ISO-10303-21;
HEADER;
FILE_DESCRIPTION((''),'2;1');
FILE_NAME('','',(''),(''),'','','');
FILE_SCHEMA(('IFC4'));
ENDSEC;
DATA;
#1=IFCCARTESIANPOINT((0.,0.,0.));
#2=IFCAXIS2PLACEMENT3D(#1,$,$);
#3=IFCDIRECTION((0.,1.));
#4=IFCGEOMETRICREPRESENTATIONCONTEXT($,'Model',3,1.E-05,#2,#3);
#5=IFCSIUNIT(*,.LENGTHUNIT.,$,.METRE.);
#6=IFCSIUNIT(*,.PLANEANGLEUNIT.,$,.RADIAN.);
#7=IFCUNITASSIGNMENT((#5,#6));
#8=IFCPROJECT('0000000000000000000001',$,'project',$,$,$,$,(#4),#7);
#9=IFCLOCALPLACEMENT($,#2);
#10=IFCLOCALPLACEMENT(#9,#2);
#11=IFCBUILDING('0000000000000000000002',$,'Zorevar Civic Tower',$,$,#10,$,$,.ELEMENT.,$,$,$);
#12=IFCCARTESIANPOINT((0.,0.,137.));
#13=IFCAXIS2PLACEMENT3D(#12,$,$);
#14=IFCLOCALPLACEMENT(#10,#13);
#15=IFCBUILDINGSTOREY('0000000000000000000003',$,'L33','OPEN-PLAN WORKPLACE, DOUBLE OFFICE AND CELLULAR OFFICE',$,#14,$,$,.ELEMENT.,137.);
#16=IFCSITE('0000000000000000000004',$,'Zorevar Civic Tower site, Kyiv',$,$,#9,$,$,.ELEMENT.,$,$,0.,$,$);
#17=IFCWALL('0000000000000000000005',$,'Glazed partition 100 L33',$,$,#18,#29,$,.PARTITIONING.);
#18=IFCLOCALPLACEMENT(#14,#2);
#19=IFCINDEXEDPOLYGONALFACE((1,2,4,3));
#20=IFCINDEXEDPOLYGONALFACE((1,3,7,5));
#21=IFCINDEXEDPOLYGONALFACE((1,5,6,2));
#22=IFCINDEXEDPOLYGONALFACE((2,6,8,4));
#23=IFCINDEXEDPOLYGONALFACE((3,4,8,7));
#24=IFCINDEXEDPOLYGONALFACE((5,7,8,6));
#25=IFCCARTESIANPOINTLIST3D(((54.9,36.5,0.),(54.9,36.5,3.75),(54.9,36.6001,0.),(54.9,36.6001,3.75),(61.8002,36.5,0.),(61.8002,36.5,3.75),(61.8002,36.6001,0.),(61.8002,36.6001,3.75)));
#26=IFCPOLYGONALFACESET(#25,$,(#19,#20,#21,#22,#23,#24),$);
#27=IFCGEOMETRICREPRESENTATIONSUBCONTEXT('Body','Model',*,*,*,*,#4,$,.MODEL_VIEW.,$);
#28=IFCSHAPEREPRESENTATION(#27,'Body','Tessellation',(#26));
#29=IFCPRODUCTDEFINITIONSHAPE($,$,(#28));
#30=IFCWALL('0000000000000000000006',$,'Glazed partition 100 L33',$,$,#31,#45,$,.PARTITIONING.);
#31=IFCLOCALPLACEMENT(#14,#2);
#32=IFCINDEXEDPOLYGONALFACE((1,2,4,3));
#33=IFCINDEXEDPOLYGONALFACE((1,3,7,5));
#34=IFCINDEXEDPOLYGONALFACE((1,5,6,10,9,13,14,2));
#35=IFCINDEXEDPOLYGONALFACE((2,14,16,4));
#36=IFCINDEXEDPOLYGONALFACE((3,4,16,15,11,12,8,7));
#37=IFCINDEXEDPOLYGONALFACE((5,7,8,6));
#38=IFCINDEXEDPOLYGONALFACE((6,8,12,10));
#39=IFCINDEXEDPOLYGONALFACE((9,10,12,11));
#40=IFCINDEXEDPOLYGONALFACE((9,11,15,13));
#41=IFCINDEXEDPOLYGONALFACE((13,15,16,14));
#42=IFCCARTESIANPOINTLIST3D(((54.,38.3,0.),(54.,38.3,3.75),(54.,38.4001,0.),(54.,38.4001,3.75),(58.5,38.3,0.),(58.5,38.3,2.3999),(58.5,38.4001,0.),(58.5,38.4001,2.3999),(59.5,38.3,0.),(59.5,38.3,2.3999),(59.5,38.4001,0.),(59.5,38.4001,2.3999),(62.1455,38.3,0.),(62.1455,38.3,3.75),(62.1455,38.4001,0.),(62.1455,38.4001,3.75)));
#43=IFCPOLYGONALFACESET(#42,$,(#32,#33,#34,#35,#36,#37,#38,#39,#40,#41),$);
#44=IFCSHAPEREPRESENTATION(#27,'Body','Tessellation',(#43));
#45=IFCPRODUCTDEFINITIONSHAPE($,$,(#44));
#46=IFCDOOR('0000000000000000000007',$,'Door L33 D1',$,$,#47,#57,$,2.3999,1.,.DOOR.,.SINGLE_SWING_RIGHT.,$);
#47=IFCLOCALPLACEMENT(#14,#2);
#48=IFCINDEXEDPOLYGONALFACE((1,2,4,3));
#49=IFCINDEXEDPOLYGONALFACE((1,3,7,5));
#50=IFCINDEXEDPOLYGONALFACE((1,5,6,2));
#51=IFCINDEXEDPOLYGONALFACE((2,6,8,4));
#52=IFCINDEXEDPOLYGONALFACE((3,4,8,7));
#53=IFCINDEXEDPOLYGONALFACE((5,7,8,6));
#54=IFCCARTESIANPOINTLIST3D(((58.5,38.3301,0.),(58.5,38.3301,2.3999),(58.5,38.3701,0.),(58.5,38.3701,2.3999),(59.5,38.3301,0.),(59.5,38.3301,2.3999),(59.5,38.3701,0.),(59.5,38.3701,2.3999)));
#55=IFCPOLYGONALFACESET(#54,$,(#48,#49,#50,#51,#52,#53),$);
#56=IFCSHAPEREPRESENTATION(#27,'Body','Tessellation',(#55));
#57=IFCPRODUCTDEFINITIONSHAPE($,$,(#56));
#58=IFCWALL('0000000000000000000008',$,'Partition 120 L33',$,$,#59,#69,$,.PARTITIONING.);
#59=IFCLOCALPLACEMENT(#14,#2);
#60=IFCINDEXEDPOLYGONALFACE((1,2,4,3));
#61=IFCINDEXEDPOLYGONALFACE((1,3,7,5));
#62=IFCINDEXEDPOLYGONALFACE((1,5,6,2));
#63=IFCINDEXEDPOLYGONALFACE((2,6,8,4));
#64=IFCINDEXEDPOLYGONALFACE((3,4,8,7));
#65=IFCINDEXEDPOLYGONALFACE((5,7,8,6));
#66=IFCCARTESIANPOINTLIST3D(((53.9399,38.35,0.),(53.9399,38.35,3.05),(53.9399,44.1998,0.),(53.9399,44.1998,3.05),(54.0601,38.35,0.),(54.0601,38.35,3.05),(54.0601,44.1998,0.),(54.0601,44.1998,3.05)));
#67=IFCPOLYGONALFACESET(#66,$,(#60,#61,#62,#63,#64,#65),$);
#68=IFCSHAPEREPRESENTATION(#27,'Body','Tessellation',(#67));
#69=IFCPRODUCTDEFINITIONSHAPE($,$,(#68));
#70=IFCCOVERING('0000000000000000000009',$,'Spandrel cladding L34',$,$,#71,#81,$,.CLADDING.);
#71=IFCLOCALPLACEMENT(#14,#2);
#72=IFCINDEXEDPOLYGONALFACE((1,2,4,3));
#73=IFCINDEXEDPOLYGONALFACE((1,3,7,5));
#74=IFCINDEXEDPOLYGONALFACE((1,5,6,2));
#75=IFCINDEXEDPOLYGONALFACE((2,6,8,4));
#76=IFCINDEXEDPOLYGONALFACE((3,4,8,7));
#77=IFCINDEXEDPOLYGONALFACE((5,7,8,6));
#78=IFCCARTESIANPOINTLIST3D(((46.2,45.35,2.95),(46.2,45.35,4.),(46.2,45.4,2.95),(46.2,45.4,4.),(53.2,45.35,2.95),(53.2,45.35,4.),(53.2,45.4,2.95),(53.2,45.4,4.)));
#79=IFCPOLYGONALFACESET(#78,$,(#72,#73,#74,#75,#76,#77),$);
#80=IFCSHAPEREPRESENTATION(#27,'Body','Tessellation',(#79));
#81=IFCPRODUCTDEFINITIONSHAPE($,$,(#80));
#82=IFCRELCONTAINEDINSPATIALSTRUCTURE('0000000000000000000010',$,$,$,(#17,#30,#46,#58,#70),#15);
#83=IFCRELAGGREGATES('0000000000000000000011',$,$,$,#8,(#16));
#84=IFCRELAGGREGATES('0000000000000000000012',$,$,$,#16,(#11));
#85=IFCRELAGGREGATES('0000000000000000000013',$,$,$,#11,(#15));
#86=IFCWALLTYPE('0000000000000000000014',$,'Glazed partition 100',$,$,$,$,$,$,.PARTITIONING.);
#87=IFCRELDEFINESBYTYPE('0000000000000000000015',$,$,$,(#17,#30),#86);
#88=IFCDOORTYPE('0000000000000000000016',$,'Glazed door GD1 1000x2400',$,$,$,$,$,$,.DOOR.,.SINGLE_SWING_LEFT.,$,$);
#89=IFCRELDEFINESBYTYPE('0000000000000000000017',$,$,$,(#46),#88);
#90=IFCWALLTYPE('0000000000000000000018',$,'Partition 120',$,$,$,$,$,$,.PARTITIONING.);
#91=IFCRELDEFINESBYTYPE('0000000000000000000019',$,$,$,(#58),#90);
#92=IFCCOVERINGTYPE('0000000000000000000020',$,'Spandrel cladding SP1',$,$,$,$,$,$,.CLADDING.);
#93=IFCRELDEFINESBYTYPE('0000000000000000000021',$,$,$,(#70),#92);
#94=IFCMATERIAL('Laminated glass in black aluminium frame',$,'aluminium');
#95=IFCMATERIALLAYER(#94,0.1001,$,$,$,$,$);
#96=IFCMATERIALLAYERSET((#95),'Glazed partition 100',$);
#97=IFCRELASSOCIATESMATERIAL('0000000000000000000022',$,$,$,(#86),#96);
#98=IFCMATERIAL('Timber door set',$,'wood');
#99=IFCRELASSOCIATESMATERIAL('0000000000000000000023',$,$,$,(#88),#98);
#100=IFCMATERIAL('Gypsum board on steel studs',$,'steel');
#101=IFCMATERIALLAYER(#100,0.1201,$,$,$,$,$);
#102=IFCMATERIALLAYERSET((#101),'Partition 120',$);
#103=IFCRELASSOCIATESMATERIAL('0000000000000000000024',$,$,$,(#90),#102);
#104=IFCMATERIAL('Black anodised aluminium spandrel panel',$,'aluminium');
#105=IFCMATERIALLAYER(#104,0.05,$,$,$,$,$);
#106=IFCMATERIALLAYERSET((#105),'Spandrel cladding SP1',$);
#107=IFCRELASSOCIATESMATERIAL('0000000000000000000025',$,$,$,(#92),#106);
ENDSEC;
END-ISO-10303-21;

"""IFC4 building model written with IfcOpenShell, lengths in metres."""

from ifc_helpers import new_model, si_unit, direction, frame, frame_2d, origin, place, context, subcontext, project, spatial, rectangle, extrude, material, layer, layer_set, type_object, element, fill, save


model = new_model("IFC4")

# Units and contexts
model_context = context("Model", 3, precision=1e-05, world=origin(), true_north=direction((0.0, 1.0)))
body_context = subcontext(model_context, "Body", "Model", "MODEL_VIEW")
ifc_project = project(units=[si_unit("LENGTHUNIT", "METRE"), si_unit("PLANEANGLEUNIT", "RADIAN")], contexts=[model_context])

# Site, building, storey
site_placement = place(None, origin())
site = spatial("IfcSite", under=ifc_project, at=site_placement, Name="Zorevar Civic Tower site, Kyiv", CompositionType="ELEMENT", RefElevation=0.0)
building_placement = place(site_placement, origin())
building = spatial("IfcBuilding", under=site, at=building_placement, Name="Zorevar Civic Tower", CompositionType="ELEMENT")
storey_placement = place(building_placement, frame((0.0, 0.0, 137.0)))
storey = spatial("IfcBuildingStorey", under=building, at=storey_placement, Name="L33", Description="OPEN-PLAN WORKPLACE, DOUBLE OFFICE AND CELLULAR OFFICE", CompositionType="ELEMENT", Elevation=137.0)

# Wall
ifc_material_1 = material(Name="Laminated glass in black aluminium frame", Category="aluminium")
ifc_layer_1 = layer(ifc_material_1, 0.1001)
ifc_layer_set_1 = layer_set([ifc_layer_1], Name="Glazed partition 100")
wall_type_1 = type_object("IfcWallType", Name="Glazed partition 100", PredefinedType="PARTITIONING", material=ifc_layer_set_1)
wall_1_placement = place(storey_placement, frame((54.8999, 36.55, 0.0), z_axis=(0.0, 0.0, 1.0), x_axis=(1.0, 0.0, 0.0)))
element("IfcWall", 1, at=wall_1_placement, inside=storey, type_object=wall_type_1, Name="Glazed partition 100 L33", PredefinedType="PARTITIONING", context=body_context, shape_type="SweptSolid", body=[
    extrude(rectangle(XDim=6.9001, YDim=0.1001, at=frame_2d((3.4502, 0.0))), origin(), (0.0, 0.0, 1.0), 3.75),
])

# Wall, opening, door
wall_2_placement = place(storey_placement, frame((54.0, 38.3501, 0.0), z_axis=(0.0, 0.0, 1.0), x_axis=(1.0, 0.0, 0.0)))
wall_2 = element("IfcWall", 2, at=wall_2_placement, inside=storey, type_object=wall_type_1, Name="Glazed partition 100 L33", PredefinedType="PARTITIONING", context=body_context, shape_type="SweptSolid", body=[
    extrude(rectangle(XDim=8.1455, YDim=0.1001, at=frame_2d((4.0728, 0.0))), origin(), (0.0, 0.0, 1.0), 3.75),
])
opening_placement = place(wall_2_placement, frame((4.5, 0.0, 0.0)))
opening = element("IfcOpeningElement", 3, at=opening_placement, cuts=wall_2, PredefinedType="OPENING", context=body_context, shape_type="SweptSolid", body=[
    extrude(rectangle(XDim=1.0, YDim=2.3999, at=frame_2d((0.5, 1.2))), frame((0.0, 0.0601, 0.0), z_axis=(0.0, -1.0, 0.0), x_axis=(1.0, 0.0, 0.0)), (0.0, 0.0, 1.0), 0.1201),
])
ifc_material_2 = material(Name="Timber door set", Category="wood")
door_type = type_object("IfcDoorType", Name="Glazed door GD1 1000x2400", OperationType="SINGLE_SWING_LEFT", PredefinedType="DOOR", material=ifc_material_2)
door_placement = place(opening_placement, origin())
door = element("IfcDoor", 4, at=door_placement, inside=storey, type_object=door_type, Name="Door L33 D1", OperationType="SINGLE_SWING_RIGHT", OverallHeight=2.3999, OverallWidth=1.0, PredefinedType="DOOR", context=body_context, shape_type="SweptSolid", body=[
    extrude(rectangle(XDim=1.0, YDim=2.3999, at=frame_2d((0.5, 1.2))), frame((0.0, 0.02, 0.0), z_axis=(0.0, -1.0, 0.0), x_axis=(1.0, 0.0, 0.0)), (0.0, 0.0, 1.0), 0.04),
])
fill(opening, door)

# Wall
ifc_material_3 = material(Name="Gypsum board on steel studs", Category="steel")
ifc_layer_2 = layer(ifc_material_3, 0.1201)
ifc_layer_set_2 = layer_set([ifc_layer_2], Name="Partition 120")
wall_type_2 = type_object("IfcWallType", Name="Partition 120", PredefinedType="PARTITIONING", material=ifc_layer_set_2)
wall_3_placement = place(storey_placement, frame((54.0, 38.3501, 0.0), z_axis=(0.0, 0.0, 1.0), x_axis=(0.0, 1.0, 0.0)))
element("IfcWall", 5, at=wall_3_placement, inside=storey, type_object=wall_type_2, Name="Partition 120 L33", PredefinedType="PARTITIONING", context=body_context, shape_type="SweptSolid", body=[
    extrude(rectangle(XDim=5.8499, YDim=0.1201, at=frame_2d((2.9248, 0.0))), origin(), (0.0, 0.0, 1.0), 3.05),
])

# Covering
ifc_material_4 = material(Name="Black anodised aluminium spandrel panel", Category="aluminium")
ifc_layer_3 = layer(ifc_material_4, 0.05)
ifc_layer_set_3 = layer_set([ifc_layer_3], Name="Spandrel cladding SP1")
covering_type = type_object("IfcCoveringType", Name="Spandrel cladding SP1", PredefinedType="CLADDING", material=ifc_layer_set_3)
covering_placement = place(storey_placement, frame((46.2, 45.375, 2.95), z_axis=(0.0, 0.0, 1.0), x_axis=(1.0, 0.0, 0.0)))
element("IfcCovering", 6, at=covering_placement, inside=storey, type_object=covering_type, Name="Spandrel cladding L34", PredefinedType="CLADDING", context=body_context, shape_type="SweptSolid", body=[
    extrude(rectangle(XDim=7.0, YDim=0.05, at=frame_2d((3.5, 0.0))), origin(), (0.0, 0.0, 1.0), 1.05),
])

save(model, "model.ifc")
